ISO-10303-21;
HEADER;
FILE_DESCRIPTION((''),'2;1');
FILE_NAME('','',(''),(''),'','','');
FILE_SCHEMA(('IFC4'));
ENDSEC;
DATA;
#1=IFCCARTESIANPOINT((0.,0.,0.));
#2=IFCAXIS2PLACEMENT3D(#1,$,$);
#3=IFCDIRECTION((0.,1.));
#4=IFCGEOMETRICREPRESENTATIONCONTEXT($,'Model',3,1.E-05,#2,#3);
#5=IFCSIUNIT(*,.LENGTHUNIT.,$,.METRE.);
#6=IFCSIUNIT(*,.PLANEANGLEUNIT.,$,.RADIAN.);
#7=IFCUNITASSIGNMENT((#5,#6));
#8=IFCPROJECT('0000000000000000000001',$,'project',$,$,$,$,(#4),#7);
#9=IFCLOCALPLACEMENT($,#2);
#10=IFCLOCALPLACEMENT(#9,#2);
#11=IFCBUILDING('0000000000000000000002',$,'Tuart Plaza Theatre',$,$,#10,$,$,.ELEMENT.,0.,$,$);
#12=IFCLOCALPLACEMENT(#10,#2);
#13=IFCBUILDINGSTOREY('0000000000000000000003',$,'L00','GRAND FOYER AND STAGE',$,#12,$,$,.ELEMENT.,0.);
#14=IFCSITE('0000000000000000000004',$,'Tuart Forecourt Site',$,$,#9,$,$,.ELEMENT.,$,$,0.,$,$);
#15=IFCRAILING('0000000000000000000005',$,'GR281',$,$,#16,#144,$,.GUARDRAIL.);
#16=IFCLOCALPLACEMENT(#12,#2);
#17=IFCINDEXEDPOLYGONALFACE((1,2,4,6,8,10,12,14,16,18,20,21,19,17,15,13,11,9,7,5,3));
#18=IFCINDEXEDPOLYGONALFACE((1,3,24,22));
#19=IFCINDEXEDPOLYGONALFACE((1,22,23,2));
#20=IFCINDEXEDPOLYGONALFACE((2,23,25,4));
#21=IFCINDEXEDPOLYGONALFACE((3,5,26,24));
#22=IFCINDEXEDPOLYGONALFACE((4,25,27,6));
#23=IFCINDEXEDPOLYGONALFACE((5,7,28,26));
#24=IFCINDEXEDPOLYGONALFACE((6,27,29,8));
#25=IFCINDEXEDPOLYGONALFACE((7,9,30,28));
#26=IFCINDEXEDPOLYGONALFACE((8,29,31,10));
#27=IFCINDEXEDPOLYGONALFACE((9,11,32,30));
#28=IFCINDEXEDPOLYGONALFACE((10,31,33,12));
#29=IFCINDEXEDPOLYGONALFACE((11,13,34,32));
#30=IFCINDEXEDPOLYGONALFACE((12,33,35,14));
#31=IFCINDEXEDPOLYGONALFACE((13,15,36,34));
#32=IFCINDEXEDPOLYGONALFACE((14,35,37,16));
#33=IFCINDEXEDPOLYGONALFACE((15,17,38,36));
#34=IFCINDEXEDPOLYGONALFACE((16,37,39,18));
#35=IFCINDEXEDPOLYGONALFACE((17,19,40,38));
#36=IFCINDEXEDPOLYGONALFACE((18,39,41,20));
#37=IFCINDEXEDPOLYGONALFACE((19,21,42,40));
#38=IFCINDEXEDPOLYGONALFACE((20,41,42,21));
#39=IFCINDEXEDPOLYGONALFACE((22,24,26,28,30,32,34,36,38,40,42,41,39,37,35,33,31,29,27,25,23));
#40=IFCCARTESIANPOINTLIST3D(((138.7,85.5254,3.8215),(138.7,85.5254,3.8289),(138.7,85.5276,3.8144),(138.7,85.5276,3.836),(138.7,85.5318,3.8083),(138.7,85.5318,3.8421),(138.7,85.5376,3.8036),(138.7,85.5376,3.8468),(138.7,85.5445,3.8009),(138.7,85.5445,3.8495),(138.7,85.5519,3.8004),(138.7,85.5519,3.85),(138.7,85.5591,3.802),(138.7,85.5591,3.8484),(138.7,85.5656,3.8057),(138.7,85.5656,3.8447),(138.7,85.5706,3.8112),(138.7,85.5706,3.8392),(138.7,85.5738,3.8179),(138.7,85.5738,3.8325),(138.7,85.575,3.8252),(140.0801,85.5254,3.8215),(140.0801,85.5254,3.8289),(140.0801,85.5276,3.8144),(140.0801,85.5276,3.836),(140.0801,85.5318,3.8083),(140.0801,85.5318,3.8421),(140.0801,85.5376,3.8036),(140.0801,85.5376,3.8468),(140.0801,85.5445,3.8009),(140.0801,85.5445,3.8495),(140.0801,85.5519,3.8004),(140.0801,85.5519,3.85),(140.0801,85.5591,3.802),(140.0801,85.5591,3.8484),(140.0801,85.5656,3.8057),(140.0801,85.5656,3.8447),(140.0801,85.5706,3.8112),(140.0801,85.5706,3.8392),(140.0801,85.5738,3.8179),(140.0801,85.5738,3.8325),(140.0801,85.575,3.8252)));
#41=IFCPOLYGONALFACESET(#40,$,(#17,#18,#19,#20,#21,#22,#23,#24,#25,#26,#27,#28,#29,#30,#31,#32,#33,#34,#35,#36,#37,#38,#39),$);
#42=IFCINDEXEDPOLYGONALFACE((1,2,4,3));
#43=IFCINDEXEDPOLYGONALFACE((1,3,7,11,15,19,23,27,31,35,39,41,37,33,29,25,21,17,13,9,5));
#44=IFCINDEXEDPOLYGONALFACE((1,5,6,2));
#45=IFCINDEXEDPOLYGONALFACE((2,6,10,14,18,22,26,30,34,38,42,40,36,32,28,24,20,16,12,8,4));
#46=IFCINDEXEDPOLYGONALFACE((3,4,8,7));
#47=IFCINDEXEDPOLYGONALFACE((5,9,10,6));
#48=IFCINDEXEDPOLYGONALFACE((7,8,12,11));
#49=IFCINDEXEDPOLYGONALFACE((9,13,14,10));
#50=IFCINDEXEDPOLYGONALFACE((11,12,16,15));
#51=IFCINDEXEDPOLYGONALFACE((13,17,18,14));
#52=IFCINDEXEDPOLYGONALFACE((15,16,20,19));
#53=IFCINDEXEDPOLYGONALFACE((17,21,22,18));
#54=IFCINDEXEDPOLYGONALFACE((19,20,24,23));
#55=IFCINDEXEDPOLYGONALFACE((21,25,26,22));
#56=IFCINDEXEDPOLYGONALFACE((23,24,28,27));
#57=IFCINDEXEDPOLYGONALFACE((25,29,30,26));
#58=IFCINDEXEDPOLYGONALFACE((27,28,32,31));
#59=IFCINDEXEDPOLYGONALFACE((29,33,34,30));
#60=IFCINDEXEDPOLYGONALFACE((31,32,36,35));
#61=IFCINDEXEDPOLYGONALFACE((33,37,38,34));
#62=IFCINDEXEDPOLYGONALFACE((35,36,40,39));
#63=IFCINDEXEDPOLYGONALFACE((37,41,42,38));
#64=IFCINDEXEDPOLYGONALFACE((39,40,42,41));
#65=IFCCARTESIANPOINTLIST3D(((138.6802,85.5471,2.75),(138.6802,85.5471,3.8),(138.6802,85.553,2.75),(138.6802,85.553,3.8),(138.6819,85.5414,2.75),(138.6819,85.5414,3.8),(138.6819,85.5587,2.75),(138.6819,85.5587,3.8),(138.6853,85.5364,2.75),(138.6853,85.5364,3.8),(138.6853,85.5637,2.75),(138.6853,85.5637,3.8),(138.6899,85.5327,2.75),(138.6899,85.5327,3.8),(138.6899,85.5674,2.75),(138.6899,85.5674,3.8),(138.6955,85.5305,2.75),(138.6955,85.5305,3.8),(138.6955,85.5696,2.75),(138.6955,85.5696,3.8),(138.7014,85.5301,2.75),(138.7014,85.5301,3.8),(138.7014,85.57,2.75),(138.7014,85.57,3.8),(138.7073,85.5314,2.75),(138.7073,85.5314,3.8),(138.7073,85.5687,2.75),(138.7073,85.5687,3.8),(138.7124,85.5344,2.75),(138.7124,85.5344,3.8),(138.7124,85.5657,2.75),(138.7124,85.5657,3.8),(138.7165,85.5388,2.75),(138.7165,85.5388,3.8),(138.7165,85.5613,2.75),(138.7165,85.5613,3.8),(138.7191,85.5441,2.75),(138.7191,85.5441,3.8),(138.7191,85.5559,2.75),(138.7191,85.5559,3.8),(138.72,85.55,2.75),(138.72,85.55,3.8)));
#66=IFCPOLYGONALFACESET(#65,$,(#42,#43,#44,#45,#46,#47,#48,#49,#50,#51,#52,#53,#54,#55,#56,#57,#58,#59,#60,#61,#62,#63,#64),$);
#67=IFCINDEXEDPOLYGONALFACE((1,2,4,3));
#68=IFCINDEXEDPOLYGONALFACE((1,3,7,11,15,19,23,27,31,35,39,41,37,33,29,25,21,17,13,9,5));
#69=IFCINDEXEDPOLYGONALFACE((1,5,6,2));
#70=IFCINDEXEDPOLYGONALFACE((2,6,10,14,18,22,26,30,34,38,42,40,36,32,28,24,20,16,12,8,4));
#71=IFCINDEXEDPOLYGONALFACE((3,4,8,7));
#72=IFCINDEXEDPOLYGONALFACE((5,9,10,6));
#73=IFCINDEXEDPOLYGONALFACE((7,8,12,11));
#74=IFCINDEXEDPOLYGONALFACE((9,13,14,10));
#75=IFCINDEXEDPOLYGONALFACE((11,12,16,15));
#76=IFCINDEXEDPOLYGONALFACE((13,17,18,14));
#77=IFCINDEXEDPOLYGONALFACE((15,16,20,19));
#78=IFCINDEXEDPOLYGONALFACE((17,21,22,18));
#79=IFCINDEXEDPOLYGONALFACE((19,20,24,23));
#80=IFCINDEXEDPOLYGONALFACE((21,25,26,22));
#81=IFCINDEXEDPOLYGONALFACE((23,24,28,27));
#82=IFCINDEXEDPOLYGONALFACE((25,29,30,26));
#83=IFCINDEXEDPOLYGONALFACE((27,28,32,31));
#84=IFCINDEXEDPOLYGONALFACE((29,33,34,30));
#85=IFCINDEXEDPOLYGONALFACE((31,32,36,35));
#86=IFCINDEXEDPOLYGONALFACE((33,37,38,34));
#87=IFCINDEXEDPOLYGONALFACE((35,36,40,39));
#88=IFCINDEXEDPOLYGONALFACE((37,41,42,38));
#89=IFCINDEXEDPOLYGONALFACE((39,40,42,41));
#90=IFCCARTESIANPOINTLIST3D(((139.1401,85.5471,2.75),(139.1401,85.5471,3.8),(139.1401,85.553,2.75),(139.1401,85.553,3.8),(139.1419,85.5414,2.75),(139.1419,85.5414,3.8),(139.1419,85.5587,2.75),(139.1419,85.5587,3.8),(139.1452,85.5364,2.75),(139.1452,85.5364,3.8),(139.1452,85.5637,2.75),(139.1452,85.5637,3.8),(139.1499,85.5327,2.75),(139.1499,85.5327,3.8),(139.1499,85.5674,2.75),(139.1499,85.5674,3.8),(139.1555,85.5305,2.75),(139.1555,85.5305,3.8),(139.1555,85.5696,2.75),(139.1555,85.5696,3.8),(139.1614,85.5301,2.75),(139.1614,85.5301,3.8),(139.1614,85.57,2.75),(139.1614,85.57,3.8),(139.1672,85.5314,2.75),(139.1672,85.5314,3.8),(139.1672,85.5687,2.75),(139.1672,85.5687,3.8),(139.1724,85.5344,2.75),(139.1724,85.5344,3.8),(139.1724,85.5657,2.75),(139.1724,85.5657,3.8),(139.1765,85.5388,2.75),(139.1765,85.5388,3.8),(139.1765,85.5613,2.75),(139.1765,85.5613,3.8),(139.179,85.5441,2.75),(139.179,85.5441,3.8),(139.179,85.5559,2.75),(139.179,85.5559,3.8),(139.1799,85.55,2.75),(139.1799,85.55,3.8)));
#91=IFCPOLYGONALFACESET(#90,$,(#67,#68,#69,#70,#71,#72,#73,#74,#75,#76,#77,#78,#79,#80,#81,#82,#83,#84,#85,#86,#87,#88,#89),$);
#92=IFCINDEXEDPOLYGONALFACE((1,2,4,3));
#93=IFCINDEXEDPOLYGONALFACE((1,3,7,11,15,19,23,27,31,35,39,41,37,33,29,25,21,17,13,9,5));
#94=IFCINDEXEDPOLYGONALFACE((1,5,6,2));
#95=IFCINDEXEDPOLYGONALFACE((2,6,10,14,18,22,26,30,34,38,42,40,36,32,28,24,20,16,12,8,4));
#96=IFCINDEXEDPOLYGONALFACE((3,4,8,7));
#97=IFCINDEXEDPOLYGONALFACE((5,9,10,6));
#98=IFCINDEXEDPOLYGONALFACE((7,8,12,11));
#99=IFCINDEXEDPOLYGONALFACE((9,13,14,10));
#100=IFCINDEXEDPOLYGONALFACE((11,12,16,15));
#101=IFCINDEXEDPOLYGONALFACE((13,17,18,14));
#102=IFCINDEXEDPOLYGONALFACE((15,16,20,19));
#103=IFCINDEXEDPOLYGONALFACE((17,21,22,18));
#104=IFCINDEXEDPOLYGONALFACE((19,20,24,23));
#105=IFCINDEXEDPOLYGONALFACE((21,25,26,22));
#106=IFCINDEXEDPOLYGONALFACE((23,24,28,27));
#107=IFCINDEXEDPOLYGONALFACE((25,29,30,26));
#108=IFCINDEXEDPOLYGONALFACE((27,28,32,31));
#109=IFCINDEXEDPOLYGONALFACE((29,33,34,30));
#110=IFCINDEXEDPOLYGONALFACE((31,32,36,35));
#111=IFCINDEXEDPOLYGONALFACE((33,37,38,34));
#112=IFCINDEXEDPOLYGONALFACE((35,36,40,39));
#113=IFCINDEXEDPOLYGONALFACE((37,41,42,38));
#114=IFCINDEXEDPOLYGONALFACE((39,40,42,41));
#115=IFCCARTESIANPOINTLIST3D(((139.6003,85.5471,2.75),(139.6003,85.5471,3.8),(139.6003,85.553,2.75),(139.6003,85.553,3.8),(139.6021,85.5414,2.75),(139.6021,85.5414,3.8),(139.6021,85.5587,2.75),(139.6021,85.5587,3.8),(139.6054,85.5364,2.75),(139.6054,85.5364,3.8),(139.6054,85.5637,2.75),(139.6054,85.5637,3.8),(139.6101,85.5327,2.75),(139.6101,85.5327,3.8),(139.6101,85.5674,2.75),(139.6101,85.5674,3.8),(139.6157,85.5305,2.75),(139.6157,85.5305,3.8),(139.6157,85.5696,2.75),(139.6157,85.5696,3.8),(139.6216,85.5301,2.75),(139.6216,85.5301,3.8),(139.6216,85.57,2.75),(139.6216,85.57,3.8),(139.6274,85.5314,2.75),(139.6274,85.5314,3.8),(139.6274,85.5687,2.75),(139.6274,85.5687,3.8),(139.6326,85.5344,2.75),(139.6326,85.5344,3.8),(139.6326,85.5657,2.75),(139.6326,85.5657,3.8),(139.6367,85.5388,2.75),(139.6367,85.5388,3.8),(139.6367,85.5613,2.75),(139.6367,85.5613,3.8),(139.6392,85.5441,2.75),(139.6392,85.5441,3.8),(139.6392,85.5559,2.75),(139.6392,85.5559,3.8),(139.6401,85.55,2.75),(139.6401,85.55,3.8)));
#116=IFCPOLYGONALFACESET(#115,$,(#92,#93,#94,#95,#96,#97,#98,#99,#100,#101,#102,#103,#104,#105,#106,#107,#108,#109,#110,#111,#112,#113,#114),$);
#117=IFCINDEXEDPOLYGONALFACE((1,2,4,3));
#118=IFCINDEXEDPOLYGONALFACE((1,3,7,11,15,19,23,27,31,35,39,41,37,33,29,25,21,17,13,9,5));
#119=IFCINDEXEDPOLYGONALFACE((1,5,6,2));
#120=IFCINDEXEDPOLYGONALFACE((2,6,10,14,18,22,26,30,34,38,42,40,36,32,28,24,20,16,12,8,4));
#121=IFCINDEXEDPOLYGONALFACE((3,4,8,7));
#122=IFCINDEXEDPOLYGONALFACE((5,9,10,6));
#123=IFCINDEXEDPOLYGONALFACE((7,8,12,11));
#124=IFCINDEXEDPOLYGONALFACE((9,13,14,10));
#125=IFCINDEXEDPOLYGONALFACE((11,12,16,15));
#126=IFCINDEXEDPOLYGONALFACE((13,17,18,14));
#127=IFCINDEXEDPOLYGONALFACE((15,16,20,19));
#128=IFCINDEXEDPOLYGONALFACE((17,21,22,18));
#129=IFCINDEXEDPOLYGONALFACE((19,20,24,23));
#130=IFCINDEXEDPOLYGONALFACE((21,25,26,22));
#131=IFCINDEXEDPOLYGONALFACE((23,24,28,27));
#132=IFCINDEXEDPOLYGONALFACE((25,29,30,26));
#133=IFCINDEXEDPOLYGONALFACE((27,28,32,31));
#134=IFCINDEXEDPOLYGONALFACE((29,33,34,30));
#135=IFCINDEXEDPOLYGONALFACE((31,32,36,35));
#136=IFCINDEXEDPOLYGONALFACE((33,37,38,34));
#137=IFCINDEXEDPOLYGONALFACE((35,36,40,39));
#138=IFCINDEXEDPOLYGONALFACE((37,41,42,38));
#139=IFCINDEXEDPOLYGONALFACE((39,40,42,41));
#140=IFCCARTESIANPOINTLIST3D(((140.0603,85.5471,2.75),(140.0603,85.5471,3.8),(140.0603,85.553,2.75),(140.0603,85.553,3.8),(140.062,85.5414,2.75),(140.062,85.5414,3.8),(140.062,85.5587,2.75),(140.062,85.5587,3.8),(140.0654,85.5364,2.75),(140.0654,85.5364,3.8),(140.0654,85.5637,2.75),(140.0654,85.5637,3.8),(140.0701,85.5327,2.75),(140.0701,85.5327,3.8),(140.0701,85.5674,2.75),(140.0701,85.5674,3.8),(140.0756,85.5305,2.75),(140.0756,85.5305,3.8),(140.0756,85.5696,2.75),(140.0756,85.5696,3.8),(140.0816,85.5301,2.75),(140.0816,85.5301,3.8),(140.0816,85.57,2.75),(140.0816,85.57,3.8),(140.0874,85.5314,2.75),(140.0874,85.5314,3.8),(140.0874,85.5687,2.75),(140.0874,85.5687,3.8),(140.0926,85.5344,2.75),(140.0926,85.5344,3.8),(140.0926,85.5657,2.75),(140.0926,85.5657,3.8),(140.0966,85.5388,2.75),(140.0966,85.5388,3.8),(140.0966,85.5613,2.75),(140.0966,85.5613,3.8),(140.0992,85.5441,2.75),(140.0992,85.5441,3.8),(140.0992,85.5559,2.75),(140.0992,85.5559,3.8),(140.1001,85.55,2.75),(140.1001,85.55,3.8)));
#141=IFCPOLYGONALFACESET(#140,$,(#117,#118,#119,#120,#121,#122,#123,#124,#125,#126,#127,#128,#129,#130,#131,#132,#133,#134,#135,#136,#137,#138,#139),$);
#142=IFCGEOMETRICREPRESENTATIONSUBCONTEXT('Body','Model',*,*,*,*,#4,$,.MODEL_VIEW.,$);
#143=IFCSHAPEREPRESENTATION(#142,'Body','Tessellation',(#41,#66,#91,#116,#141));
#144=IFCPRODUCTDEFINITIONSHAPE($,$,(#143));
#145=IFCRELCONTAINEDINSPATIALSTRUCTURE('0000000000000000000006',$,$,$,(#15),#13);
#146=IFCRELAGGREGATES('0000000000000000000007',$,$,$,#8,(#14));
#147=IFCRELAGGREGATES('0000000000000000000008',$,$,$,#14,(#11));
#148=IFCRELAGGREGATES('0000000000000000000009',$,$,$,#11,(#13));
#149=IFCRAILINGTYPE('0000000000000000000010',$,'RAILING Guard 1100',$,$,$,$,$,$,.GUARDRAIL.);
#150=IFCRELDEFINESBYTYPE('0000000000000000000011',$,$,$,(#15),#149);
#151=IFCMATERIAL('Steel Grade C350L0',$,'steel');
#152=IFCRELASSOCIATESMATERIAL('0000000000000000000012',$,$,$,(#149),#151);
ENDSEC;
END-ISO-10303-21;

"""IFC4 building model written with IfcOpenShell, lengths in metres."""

from ifc_helpers import new_model, si_unit, direction, frame, origin, origin_2d, place, context, subcontext, project, spatial, circle, extrude, material, type_object, element, save


model = new_model("IFC4")

# Units and contexts
model_context = context("Model", 3, precision=1e-05, world=origin(), true_north=direction((0.0, 1.0)))
body_context = subcontext(model_context, "Body", "Model", "MODEL_VIEW")
ifc_project = project(units=[si_unit("LENGTHUNIT", "METRE"), si_unit("PLANEANGLEUNIT", "RADIAN")], contexts=[model_context])

# Site, building, storey
site_placement = place(None, origin())
site = spatial("IfcSite", under=ifc_project, at=site_placement, Name="Tuart Forecourt Site", CompositionType="ELEMENT", RefElevation=0.0)
building_placement = place(site_placement, origin())
building = spatial("IfcBuilding", under=site, at=building_placement, Name="Tuart Plaza Theatre", CompositionType="ELEMENT", ElevationOfRefHeight=0.0)
storey_placement = place(building_placement, origin())
storey = spatial("IfcBuildingStorey", under=building, at=storey_placement, Name="L00", Description="GRAND FOYER AND STAGE", CompositionType="ELEMENT", Elevation=0.0)

# Railing
ifc_material_1 = material(Name="Steel Grade C350L0", Category="steel")
railing_type_1 = type_object("IfcRailingType", Name="RAILING Guard 1100", PredefinedType="GUARDRAIL", material=ifc_material_1)
railing_1_placement = place(storey_placement, frame((138.7, 85.55, 2.75)))
element("IfcRailing", 1, at=railing_1_placement, inside=storey, type_object=railing_type_1, Name="GR281", PredefinedType="GUARDRAIL", context=body_context, shape_type="SweptSolid", body=[
    extrude(circle(Radius=0.0249, at=origin_2d()), frame((0.0, 0.0, 1.0752), z_axis=(1.0, 0.0, 0.0), x_axis=(0.0, 1.0, 0.0)), (0.0, 0.0, 1.0), 1.3801),
    extrude(circle(Radius=0.02, at=origin_2d()), origin(), (0.0, 0.0, 1.0), 1.05),
    extrude(circle(Radius=0.02, at=origin_2d()), frame((0.46, 0.0, 0.0)), (0.0, 0.0, 1.0), 1.05),
    extrude(circle(Radius=0.02, at=origin_2d()), frame((0.9202, 0.0, 0.0)), (0.0, 0.0, 1.0), 1.05),
    extrude(circle(Radius=0.02, at=origin_2d()), frame((1.3801, 0.0, 0.0)), (0.0, 0.0, 1.0), 1.05),
])

save(model, "model.ifc")
